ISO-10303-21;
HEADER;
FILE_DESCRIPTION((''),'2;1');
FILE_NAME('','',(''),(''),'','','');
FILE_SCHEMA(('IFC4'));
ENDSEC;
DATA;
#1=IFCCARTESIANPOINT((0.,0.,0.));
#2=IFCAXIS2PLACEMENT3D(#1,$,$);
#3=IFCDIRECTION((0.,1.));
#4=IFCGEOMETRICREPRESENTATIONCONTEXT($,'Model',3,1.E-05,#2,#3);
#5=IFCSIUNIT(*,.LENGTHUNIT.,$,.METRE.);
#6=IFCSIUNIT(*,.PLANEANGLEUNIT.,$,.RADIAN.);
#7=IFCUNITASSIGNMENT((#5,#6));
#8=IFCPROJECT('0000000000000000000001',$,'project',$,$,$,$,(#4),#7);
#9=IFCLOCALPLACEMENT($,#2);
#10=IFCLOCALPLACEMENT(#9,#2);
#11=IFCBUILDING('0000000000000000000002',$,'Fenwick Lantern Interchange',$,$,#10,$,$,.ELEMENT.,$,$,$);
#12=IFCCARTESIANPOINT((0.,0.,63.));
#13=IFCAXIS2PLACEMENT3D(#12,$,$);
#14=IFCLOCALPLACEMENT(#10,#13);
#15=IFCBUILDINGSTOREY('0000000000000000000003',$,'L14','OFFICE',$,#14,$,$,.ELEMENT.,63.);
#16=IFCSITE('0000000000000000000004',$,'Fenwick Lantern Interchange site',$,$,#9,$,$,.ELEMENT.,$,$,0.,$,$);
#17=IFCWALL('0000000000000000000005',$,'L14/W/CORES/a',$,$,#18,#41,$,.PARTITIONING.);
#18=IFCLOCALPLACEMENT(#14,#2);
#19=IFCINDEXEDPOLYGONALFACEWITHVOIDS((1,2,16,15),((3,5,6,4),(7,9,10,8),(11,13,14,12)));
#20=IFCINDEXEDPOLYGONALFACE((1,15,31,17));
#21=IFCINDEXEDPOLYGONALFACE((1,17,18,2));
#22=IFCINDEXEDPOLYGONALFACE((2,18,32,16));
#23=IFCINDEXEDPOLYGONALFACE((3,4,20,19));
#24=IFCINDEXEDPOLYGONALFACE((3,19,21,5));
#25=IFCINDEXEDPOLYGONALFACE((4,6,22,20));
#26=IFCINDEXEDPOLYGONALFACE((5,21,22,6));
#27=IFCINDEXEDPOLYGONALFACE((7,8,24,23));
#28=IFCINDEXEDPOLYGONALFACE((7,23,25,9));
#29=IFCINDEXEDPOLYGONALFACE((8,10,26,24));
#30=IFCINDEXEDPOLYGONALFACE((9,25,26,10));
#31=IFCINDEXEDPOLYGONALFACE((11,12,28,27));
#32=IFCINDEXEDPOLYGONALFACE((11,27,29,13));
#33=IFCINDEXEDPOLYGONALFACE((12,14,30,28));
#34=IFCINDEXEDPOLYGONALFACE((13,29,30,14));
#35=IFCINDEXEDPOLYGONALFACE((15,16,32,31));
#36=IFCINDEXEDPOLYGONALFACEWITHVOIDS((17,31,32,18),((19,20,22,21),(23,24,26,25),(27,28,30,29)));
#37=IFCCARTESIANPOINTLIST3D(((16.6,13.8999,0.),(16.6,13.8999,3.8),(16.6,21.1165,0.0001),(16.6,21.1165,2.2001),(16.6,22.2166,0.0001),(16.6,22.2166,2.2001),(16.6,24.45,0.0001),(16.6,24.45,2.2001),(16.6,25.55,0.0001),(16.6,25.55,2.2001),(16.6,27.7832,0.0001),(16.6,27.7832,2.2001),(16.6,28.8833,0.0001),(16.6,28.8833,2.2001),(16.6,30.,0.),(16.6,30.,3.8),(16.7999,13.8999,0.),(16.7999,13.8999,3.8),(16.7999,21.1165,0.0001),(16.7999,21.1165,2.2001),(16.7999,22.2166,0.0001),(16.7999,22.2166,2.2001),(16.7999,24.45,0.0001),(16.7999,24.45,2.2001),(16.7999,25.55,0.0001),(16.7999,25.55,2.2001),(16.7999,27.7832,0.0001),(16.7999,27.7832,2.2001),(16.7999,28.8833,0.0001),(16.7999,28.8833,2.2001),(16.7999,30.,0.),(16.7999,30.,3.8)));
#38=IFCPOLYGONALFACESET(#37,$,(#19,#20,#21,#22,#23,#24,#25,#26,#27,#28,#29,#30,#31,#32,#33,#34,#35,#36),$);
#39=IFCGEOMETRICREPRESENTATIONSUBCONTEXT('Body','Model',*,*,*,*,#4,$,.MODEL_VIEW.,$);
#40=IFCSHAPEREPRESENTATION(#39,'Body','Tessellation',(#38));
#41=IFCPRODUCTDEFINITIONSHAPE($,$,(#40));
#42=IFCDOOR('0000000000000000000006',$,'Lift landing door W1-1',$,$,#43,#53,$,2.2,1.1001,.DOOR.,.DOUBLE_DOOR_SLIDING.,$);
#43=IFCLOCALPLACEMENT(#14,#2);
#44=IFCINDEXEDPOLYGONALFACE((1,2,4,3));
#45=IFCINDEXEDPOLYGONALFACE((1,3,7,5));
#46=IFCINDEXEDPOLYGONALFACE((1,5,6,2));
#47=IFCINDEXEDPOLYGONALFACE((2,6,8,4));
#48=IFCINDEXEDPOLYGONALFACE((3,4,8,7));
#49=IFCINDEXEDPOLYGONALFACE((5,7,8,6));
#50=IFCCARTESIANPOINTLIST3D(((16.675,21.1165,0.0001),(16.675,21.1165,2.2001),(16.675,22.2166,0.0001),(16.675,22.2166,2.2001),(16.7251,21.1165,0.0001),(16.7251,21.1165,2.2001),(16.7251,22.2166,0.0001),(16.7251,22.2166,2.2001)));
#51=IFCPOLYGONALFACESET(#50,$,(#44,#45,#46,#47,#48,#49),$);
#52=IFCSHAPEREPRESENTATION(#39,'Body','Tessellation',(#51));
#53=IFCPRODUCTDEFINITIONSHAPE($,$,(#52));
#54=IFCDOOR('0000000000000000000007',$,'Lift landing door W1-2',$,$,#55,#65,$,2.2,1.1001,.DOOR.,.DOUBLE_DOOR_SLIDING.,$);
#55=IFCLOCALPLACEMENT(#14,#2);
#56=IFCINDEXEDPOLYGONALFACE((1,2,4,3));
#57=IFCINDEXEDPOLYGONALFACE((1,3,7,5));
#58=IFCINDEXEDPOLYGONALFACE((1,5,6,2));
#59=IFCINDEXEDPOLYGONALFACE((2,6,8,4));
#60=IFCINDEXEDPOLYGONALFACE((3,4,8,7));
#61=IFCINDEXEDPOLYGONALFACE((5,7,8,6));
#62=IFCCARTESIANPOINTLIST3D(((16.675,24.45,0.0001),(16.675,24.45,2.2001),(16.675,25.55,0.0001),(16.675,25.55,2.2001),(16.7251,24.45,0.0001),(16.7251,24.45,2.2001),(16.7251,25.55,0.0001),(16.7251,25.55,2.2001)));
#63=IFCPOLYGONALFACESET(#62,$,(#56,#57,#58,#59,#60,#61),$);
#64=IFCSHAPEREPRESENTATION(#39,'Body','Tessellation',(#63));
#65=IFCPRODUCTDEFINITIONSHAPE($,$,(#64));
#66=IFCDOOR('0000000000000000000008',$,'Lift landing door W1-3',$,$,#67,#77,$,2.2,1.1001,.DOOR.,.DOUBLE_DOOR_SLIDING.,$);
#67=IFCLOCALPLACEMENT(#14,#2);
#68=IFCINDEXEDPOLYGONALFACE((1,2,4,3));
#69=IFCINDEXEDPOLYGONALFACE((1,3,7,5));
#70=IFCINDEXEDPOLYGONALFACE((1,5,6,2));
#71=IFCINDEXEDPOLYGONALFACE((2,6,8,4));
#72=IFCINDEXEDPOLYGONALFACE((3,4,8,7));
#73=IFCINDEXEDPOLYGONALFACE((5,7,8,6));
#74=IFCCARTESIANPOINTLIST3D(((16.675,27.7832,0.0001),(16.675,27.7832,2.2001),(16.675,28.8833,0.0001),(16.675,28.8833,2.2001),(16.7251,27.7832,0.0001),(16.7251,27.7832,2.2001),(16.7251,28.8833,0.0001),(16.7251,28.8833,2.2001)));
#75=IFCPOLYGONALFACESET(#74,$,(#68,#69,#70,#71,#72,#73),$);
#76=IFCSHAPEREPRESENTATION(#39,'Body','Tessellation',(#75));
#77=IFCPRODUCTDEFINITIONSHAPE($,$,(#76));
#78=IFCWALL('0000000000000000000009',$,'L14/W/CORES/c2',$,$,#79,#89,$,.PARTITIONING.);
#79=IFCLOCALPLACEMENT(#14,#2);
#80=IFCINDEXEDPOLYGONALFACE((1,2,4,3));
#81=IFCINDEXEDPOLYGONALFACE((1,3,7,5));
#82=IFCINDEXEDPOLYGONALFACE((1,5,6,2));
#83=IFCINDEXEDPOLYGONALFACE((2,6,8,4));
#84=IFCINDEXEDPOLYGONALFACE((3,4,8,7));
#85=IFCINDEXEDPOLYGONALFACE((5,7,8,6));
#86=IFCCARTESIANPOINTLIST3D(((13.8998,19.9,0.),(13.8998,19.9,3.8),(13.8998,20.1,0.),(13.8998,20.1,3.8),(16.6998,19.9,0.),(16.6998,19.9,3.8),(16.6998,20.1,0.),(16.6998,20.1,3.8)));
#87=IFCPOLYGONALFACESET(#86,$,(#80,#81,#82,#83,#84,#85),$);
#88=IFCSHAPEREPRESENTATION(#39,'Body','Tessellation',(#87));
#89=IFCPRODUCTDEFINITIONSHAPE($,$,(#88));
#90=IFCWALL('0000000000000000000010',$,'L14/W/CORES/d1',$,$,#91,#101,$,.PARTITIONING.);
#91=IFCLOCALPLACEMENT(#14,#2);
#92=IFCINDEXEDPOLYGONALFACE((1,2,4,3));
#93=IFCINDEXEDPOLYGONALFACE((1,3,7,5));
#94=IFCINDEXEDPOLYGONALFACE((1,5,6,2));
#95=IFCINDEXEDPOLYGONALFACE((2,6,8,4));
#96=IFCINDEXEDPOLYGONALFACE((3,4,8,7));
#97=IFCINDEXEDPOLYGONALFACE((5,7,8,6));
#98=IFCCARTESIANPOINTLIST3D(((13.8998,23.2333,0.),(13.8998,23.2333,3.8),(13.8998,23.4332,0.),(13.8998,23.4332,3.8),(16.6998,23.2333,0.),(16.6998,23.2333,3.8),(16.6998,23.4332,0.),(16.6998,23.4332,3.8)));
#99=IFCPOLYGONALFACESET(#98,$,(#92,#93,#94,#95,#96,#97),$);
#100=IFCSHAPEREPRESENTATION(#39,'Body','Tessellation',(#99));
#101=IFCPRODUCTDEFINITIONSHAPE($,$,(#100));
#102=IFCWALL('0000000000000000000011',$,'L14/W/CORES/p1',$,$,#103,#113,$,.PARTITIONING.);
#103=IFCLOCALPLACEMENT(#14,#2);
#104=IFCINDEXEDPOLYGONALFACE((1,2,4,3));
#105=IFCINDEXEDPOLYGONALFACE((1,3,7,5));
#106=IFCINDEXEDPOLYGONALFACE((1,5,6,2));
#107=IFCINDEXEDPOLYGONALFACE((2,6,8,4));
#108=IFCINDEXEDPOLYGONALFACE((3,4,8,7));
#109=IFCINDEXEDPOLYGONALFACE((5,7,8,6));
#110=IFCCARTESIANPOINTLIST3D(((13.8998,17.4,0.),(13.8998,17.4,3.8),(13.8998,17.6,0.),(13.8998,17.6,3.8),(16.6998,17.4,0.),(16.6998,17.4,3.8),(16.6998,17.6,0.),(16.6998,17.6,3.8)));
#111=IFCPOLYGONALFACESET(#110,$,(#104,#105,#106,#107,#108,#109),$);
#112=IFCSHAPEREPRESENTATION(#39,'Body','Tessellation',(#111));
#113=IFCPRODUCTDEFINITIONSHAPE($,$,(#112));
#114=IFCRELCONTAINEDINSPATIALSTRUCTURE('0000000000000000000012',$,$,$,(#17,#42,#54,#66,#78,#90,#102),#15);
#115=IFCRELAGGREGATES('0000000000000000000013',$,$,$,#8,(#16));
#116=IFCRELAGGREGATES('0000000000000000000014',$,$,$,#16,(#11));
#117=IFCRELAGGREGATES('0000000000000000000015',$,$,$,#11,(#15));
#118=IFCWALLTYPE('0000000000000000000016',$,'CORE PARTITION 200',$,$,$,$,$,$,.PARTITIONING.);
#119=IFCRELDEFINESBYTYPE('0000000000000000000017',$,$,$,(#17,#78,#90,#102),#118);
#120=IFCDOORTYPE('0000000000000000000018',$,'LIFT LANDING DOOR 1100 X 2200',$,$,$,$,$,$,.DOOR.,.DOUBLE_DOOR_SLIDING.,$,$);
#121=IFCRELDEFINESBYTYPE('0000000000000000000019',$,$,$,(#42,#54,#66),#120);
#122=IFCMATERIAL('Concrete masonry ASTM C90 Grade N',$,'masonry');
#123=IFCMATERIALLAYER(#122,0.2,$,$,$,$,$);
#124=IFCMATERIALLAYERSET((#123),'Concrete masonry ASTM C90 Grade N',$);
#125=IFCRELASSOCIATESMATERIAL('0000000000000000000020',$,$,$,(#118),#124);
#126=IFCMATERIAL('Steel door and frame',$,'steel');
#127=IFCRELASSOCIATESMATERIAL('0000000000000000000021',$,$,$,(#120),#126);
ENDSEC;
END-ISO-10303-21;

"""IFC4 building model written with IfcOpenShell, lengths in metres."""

from ifc_helpers import new_model, si_unit, direction, frame, frame_2d, origin, place, context, subcontext, project, spatial, rectangle, extrude, material, layer, layer_set, type_object, element, fill, save


model = new_model("IFC4")

# Units and contexts
model_context = context("Model", 3, precision=1e-05, world=origin(), true_north=direction((0.0, 1.0)))
body_context = subcontext(model_context, "Body", "Model", "MODEL_VIEW")
ifc_project = project(units=[si_unit("LENGTHUNIT", "METRE"), si_unit("PLANEANGLEUNIT", "RADIAN")], contexts=[model_context])

# Site, building, storey
site_placement = place(None, origin())
site = spatial("IfcSite", under=ifc_project, at=site_placement, Name="Fenwick Lantern Interchange site", CompositionType="ELEMENT", RefElevation=0.0)
building_placement = place(site_placement, origin())
building = spatial("IfcBuilding", under=site, at=building_placement, Name="Fenwick Lantern Interchange", CompositionType="ELEMENT")
storey_placement = place(building_placement, frame((0.0, 0.0, 63.0)))
storey = spatial("IfcBuildingStorey", under=building, at=storey_placement, Name="L14", Description="OFFICE", CompositionType="ELEMENT", Elevation=63.0)

# Wall, openings, doors
ifc_material_1 = material(Name="Concrete masonry ASTM C90 Grade N", Category="masonry")
ifc_layer_1 = layer(ifc_material_1, 0.2)
ifc_layer_set_1 = layer_set([ifc_layer_1], Name="Concrete masonry ASTM C90 Grade N")
wall_type_1 = type_object("IfcWallType", Name="CORE PARTITION 200", PredefinedType="PARTITIONING", material=ifc_layer_set_1)
wall_1_placement = place(storey_placement, frame((16.7, 13.8999, 0.0), z_axis=(0.0, 0.0, 1.0), x_axis=(0.0, 1.0, 0.0)))
wall_1 = element("IfcWall", 1, at=wall_1_placement, inside=storey, type_object=wall_type_1, Name="L14/W/CORES/a", PredefinedType="PARTITIONING", context=body_context, shape_type="SweptSolid", body=[
    extrude(rectangle(XDim=16.1001, YDim=0.2, at=frame_2d((8.05, 0.0))), origin(), (0.0, 0.0, 1.0), 3.8),
])
opening_1_placement = place(wall_1_placement, frame((7.2166, 0.0, 0.0)))
opening_1 = element("IfcOpeningElement", 2, at=opening_1_placement, cuts=wall_1, PredefinedType="OPENING", context=body_context, shape_type="SweptSolid", body=[
    extrude(rectangle(XDim=1.1001, YDim=2.2, at=frame_2d((0.55, 1.1001))), frame((0.0, 0.1099, 0.0), z_axis=(0.0, -1.0, 0.0), x_axis=(1.0, 0.0, 0.0)), (0.0, 0.0, 1.0), 0.22),
])
opening_2_placement = place(wall_1_placement, frame((10.55, 0.0, 0.0)))
opening_2 = element("IfcOpeningElement", 3, at=opening_2_placement, cuts=wall_1, PredefinedType="OPENING", context=body_context, shape_type="SweptSolid", body=[
    extrude(rectangle(XDim=1.1001, YDim=2.2, at=frame_2d((0.55, 1.1001))), frame((0.0, 0.1099, 0.0), z_axis=(0.0, -1.0, 0.0), x_axis=(1.0, 0.0, 0.0)), (0.0, 0.0, 1.0), 0.22),
])
opening_3_placement = place(wall_1_placement, frame((13.8833, 0.0, 0.0)))
opening_3 = element("IfcOpeningElement", 4, at=opening_3_placement, cuts=wall_1, PredefinedType="OPENING", context=body_context, shape_type="SweptSolid", body=[
    extrude(rectangle(XDim=1.1001, YDim=2.2, at=frame_2d((0.55, 1.1001))), frame((0.0, 0.1099, 0.0), z_axis=(0.0, -1.0, 0.0), x_axis=(1.0, 0.0, 0.0)), (0.0, 0.0, 1.0), 0.22),
])
ifc_material_2 = material(Name="Steel door and frame", Category="steel")
door_type_1 = type_object("IfcDoorType", Name="LIFT LANDING DOOR 1100 X 2200", OperationType="DOUBLE_DOOR_SLIDING", PredefinedType="DOOR", material=ifc_material_2)
door_1_placement = place(opening_1_placement, origin())
door_1 = element("IfcDoor", 5, at=door_1_placement, inside=storey, type_object=door_type_1, Name="Lift landing door W1-1", OperationType="DOUBLE_DOOR_SLIDING", OverallHeight=2.2, OverallWidth=1.1001, PredefinedType="DOOR", context=body_context, shape_type="SweptSolid", body=[
    extrude(rectangle(XDim=1.1001, YDim=2.2, at=frame_2d((0.55, 1.1001))), frame((0.0, 0.0249, 0.0), z_axis=(0.0, -1.0, 0.0), x_axis=(1.0, 0.0, 0.0)), (0.0, 0.0, 1.0), 0.05),
])
fill(opening_1, door_1)
door_2_placement = place(opening_2_placement, origin())
door_2 = element("IfcDoor", 6, at=door_2_placement, inside=storey, type_object=door_type_1, Name="Lift landing door W1-2", OperationType="DOUBLE_DOOR_SLIDING", OverallHeight=2.2, OverallWidth=1.1001, PredefinedType="DOOR", context=body_context, shape_type="SweptSolid", body=[
    extrude(rectangle(XDim=1.1001, YDim=2.2, at=frame_2d((0.55, 1.1001))), frame((0.0, 0.0249, 0.0), z_axis=(0.0, -1.0, 0.0), x_axis=(1.0, 0.0, 0.0)), (0.0, 0.0, 1.0), 0.05),
])
fill(opening_2, door_2)
door_3_placement = place(opening_3_placement, origin())
door_3 = element("IfcDoor", 7, at=door_3_placement, inside=storey, type_object=door_type_1, Name="Lift landing door W1-3", OperationType="DOUBLE_DOOR_SLIDING", OverallHeight=2.2, OverallWidth=1.1001, PredefinedType="DOOR", context=body_context, shape_type="SweptSolid", body=[
    extrude(rectangle(XDim=1.1001, YDim=2.2, at=frame_2d((0.55, 1.1001))), frame((0.0, 0.0249, 0.0), z_axis=(0.0, -1.0, 0.0), x_axis=(1.0, 0.0, 0.0)), (0.0, 0.0, 1.0), 0.05),
])
fill(opening_3, door_3)

# Walls
for number, where, z_axis, x_axis, name in (
    (8, (13.8999, 20.0, 0.0), (0.0, 0.0, 1.0), (1.0, 0.0, 0.0), "L14/W/CORES/c2"),
    (9, (13.8999, 23.3333, 0.0), (0.0, 0.0, 1.0), (1.0, 0.0, 0.0), "L14/W/CORES/d1"),
    (10, (13.8999, 17.5, 0.0), (0.0, 0.0, 1.0), (1.0, 0.0, 0.0), "L14/W/CORES/p1"),
):
    element("IfcWall", number, at=place(storey_placement, frame(where, z_axis=z_axis, x_axis=x_axis)), inside=storey, type_object=wall_type_1, Name=name, PredefinedType="PARTITIONING", context=body_context, shape_type="SweptSolid", body=[
        extrude(rectangle(XDim=2.8, YDim=0.2, at=frame_2d((1.3999, 0.0))), origin(), (0.0, 0.0, 1.0), 3.8),
    ])

save(model, "model.ifc")
